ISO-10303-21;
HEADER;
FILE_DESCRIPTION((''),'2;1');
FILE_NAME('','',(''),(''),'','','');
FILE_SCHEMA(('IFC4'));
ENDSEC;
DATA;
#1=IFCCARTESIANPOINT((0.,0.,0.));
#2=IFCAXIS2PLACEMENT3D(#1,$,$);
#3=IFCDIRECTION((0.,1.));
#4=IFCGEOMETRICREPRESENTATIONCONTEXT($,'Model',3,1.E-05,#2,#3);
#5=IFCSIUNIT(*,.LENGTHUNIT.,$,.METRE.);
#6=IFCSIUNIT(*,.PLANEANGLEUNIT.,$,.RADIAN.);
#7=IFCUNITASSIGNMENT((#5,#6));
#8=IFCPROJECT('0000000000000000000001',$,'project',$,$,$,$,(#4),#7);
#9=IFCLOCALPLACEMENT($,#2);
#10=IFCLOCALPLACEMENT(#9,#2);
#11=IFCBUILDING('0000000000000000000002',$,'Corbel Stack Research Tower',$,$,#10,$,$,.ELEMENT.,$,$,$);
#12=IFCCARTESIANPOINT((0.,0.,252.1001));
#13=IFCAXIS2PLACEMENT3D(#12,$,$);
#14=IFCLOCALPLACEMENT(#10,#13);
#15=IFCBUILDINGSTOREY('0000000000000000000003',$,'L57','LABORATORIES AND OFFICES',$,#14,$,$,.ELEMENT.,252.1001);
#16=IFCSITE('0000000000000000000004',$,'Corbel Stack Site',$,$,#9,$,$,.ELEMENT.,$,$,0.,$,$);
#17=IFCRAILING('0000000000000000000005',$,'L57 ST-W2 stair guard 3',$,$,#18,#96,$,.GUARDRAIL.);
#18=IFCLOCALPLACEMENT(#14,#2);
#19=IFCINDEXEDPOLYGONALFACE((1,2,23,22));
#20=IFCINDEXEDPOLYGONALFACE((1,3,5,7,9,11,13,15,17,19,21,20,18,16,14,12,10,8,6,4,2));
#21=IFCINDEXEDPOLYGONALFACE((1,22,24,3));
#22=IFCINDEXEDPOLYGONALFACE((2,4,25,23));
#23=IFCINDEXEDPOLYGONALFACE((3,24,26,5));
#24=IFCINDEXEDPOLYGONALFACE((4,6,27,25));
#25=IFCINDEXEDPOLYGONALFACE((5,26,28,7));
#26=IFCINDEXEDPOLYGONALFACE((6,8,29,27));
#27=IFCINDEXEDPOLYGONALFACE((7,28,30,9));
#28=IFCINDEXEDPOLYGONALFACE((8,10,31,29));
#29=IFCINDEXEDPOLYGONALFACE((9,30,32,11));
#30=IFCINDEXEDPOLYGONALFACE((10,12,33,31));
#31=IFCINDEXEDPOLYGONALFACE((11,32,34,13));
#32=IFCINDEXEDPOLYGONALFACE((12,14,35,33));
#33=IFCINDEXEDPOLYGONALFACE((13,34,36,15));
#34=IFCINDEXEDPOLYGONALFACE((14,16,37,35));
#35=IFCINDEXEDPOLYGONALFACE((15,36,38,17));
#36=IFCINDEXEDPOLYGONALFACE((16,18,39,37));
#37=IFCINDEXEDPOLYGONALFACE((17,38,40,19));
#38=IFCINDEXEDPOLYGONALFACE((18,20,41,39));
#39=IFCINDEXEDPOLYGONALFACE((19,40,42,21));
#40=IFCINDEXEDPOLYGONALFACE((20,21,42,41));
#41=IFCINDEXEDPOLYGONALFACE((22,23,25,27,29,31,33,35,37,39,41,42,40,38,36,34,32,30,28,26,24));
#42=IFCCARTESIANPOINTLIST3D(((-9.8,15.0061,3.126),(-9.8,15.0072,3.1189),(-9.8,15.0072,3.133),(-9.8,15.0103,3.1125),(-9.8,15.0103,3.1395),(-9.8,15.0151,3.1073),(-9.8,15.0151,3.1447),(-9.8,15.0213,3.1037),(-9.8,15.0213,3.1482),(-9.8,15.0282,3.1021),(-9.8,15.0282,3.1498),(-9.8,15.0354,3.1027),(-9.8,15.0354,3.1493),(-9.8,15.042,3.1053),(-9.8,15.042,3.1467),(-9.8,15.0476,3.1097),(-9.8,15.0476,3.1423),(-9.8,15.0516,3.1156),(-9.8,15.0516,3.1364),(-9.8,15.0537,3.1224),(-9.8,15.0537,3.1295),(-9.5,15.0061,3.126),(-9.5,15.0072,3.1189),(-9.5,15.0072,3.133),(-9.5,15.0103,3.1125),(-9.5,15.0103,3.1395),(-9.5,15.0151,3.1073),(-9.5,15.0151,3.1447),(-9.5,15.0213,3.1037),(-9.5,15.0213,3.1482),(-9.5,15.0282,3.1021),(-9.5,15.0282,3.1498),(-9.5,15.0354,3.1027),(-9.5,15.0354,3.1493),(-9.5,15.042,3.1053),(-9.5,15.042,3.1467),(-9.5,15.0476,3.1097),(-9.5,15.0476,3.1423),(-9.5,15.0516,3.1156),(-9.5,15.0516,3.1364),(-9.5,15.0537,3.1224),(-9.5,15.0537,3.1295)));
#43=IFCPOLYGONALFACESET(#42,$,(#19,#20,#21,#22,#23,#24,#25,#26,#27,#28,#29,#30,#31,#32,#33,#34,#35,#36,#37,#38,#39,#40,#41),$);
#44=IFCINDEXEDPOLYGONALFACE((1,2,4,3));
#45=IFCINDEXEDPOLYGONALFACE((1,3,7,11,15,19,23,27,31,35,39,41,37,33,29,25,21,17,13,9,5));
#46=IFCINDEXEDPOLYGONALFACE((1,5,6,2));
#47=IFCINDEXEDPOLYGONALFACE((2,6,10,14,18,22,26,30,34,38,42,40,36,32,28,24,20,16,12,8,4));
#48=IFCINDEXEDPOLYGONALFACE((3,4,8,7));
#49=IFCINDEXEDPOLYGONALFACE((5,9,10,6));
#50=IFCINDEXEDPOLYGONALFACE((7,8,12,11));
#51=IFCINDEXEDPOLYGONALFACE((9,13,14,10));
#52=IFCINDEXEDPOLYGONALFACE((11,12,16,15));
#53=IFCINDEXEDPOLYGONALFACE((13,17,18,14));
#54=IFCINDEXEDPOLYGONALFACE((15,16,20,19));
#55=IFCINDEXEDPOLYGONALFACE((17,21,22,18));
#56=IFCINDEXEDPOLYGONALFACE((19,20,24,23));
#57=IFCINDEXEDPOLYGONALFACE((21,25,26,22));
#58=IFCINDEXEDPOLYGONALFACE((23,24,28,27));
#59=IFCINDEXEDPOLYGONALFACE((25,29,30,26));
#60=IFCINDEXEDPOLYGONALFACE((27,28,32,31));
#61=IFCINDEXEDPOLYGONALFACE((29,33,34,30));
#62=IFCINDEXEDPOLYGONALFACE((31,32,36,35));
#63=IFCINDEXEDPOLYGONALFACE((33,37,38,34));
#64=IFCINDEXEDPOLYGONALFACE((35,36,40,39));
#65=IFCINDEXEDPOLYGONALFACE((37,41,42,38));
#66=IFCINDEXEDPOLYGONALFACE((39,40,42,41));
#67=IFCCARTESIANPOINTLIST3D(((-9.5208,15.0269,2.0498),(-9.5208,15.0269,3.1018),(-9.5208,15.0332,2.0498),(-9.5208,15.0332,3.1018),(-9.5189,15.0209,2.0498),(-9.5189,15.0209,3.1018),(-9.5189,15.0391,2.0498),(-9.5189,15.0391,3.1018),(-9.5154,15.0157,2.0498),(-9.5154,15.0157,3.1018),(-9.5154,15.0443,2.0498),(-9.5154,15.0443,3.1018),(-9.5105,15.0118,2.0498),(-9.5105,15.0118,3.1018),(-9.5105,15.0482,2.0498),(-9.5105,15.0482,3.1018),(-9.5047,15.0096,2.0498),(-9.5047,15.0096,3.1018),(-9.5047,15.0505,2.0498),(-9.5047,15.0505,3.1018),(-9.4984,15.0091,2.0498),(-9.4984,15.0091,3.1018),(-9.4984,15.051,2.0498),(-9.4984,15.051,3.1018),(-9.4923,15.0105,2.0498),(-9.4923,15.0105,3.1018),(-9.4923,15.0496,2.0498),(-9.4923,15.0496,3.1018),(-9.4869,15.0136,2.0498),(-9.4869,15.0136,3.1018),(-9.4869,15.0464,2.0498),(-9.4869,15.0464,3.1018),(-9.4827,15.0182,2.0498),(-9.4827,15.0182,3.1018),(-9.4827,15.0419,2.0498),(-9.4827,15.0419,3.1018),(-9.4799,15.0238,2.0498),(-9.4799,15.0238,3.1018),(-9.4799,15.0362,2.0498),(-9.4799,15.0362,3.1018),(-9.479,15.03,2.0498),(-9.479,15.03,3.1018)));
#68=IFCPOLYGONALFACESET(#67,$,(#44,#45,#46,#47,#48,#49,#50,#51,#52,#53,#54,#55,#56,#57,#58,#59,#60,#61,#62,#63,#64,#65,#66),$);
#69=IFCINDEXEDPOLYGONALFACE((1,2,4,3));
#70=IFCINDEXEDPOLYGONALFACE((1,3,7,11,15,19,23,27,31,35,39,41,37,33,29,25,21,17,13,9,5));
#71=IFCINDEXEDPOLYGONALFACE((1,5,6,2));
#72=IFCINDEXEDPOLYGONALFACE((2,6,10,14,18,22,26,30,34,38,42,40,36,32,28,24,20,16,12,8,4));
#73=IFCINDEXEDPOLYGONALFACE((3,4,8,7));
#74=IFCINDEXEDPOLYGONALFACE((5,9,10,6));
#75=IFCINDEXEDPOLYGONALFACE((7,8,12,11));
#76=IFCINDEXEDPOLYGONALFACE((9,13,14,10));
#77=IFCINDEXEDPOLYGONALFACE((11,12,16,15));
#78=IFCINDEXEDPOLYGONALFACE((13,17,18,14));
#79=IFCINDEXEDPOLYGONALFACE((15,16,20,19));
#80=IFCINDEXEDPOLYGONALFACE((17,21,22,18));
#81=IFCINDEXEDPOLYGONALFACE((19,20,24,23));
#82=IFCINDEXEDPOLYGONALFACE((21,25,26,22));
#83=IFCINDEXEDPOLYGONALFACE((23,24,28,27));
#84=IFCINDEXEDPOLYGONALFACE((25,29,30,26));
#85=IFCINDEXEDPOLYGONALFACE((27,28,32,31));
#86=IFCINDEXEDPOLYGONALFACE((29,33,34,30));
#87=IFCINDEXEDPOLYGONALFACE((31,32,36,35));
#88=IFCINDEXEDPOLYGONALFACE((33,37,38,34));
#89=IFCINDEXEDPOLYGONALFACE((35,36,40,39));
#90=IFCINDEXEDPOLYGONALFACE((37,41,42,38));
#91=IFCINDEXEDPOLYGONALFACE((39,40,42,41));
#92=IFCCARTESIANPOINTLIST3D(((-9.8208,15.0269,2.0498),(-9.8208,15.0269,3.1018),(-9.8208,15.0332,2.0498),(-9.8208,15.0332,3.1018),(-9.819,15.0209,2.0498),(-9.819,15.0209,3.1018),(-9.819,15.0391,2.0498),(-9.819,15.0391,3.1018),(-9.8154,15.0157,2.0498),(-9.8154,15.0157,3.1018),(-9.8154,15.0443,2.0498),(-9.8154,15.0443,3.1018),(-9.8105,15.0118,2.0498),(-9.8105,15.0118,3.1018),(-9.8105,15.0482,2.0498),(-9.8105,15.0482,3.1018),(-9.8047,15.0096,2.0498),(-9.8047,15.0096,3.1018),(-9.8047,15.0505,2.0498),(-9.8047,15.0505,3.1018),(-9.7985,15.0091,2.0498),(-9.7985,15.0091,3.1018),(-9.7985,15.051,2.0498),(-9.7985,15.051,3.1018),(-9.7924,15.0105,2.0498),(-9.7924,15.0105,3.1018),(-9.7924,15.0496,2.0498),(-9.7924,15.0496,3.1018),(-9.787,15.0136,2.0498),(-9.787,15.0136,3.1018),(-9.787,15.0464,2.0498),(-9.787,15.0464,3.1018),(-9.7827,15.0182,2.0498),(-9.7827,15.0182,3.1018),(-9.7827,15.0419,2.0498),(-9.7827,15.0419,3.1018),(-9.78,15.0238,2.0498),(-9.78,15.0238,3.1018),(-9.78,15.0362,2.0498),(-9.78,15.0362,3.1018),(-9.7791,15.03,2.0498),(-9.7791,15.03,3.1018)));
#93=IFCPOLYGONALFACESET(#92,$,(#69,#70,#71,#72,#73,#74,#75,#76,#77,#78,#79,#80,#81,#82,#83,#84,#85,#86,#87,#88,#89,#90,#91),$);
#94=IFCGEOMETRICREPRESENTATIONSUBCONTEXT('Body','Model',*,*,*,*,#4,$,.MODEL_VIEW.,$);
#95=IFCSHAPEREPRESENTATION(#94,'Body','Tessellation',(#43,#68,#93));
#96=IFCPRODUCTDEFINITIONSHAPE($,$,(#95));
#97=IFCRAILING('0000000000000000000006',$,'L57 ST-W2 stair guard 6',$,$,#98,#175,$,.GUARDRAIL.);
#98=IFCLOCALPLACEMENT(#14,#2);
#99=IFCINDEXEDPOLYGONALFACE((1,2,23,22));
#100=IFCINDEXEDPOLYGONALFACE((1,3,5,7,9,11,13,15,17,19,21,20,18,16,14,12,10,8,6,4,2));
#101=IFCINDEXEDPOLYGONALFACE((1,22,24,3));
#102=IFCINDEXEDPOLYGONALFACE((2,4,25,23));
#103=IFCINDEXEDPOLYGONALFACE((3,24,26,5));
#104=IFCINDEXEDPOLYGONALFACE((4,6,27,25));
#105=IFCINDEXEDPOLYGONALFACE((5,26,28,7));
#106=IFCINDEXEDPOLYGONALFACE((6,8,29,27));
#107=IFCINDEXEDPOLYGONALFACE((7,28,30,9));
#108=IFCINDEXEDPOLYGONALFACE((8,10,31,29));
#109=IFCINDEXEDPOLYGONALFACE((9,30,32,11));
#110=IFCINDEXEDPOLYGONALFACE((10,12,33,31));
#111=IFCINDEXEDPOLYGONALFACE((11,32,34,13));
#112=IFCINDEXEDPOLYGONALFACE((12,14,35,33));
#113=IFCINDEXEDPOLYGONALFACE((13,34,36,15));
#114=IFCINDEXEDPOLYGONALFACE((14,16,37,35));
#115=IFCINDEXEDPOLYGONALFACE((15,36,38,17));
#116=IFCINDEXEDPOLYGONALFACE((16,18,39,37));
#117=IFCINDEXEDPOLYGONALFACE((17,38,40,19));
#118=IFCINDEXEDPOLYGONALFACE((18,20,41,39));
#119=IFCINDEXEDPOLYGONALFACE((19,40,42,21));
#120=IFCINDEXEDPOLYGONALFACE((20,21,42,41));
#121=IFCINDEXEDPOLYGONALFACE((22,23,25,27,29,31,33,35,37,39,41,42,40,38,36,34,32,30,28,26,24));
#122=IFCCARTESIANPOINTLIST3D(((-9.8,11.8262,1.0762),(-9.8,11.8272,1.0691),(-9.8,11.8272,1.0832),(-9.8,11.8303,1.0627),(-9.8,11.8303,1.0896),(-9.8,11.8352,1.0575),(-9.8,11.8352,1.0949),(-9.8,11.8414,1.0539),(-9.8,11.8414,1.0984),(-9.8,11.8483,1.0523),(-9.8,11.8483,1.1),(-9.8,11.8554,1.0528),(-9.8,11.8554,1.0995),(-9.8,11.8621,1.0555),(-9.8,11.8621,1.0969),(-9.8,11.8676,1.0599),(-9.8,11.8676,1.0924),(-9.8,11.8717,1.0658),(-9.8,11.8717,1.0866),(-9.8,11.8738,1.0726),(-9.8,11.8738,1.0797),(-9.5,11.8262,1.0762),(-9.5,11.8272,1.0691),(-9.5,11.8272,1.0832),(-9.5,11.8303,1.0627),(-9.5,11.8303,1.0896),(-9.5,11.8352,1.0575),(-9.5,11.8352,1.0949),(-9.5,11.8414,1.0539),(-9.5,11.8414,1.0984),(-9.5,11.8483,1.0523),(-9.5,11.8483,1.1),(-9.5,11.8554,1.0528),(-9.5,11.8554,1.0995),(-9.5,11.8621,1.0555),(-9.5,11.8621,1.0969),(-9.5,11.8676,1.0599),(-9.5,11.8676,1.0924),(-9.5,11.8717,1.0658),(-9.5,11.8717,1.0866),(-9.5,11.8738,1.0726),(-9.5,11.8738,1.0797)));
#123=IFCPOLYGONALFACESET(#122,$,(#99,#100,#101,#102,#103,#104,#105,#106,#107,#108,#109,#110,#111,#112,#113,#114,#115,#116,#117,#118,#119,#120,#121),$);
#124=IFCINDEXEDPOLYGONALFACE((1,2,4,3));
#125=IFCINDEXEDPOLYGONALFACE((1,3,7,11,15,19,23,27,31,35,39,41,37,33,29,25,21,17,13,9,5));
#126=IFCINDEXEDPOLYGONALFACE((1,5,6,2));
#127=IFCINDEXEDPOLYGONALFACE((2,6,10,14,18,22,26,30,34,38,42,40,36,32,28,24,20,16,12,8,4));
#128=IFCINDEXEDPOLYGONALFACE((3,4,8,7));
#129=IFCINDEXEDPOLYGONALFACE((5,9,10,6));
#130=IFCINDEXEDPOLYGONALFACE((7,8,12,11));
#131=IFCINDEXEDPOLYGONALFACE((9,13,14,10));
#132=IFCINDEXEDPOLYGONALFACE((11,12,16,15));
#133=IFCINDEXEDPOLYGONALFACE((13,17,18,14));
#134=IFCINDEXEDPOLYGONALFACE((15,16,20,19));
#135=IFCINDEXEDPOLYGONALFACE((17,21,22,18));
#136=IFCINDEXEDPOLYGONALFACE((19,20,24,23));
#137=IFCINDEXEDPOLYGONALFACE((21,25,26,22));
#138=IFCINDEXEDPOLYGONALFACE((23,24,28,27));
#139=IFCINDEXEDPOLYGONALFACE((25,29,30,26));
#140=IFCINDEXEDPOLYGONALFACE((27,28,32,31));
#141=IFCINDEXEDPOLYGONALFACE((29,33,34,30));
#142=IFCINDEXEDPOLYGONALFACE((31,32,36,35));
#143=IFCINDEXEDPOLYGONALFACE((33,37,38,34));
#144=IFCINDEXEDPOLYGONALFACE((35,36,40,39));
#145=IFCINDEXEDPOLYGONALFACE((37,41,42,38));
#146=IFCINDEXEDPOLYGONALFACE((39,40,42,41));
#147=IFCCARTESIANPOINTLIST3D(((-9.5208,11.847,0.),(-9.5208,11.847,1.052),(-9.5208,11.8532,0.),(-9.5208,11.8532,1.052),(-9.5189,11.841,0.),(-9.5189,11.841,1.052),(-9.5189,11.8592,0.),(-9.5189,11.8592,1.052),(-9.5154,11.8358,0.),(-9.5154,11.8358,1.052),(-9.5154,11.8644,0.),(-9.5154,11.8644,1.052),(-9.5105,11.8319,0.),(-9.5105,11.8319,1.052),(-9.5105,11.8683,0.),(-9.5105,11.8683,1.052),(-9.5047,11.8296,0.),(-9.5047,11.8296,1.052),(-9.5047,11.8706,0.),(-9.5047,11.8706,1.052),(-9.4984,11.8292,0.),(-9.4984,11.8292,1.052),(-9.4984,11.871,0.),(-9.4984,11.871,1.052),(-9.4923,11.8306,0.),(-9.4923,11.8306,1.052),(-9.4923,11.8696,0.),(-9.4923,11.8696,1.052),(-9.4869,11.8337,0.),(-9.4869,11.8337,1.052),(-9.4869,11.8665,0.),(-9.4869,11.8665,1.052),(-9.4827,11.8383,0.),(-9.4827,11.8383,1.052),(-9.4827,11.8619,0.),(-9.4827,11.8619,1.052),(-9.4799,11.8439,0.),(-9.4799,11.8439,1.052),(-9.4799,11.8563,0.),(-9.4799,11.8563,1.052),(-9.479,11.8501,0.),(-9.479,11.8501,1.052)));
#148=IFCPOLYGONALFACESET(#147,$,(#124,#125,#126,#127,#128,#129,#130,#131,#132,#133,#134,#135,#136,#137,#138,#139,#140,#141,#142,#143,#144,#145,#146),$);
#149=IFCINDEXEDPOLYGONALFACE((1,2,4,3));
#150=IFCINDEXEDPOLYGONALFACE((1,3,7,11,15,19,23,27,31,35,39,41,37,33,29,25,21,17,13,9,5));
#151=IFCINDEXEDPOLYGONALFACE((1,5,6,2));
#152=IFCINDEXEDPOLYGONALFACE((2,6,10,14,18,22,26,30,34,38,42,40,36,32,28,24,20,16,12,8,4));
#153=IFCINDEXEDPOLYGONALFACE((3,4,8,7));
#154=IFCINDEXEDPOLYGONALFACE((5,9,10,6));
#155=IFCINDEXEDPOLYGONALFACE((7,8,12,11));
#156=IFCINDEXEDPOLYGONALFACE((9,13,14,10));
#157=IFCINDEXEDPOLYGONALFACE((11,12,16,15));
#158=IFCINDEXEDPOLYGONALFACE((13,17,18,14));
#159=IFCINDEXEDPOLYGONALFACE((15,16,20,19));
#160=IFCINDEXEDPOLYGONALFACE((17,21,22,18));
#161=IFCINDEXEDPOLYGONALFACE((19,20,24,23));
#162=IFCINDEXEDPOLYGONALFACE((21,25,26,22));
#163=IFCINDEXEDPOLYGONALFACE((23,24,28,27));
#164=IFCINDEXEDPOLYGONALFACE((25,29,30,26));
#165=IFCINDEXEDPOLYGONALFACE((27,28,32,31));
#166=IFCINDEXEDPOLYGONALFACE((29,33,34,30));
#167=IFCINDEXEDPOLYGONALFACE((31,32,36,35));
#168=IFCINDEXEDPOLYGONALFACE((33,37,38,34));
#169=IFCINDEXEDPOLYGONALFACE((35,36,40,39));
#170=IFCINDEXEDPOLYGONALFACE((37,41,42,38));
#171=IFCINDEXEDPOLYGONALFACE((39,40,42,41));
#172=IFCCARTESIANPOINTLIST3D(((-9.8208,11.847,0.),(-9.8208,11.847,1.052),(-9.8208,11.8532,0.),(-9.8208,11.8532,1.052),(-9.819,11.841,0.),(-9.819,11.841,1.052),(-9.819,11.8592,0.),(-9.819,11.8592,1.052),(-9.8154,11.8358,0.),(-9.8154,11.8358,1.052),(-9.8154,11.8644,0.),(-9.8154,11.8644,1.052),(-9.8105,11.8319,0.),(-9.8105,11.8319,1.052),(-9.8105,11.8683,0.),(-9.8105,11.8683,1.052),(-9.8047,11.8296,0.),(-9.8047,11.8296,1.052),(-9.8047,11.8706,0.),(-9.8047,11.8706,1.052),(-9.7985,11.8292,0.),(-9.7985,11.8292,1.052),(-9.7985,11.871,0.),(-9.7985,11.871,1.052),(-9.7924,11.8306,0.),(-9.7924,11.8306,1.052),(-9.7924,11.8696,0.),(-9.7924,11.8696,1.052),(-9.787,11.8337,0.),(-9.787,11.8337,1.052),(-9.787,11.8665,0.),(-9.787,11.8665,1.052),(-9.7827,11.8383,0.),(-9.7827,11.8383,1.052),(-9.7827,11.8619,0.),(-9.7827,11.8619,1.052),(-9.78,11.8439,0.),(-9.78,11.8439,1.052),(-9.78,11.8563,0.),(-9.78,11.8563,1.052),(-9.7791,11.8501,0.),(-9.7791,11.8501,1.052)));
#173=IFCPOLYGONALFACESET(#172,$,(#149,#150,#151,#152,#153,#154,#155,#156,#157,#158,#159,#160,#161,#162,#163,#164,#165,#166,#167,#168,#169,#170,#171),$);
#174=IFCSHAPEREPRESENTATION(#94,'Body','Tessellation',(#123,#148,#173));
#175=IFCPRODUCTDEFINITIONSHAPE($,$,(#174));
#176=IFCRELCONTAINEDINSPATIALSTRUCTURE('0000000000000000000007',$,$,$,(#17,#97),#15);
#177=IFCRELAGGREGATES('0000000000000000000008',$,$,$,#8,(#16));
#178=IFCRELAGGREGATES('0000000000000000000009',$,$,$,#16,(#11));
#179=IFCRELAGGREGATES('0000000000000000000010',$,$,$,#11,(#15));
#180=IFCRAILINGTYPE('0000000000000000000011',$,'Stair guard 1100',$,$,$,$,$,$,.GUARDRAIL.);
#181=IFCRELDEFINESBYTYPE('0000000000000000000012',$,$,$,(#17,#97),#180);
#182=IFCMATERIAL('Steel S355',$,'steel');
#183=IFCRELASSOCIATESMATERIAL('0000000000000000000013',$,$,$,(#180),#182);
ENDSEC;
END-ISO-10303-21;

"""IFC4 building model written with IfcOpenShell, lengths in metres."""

from ifc_helpers import new_model, si_unit, direction, frame, origin, origin_2d, place, context, subcontext, project, spatial, circle, extrude, material, type_object, element, save


model = new_model("IFC4")

# Units and contexts
model_context = context("Model", 3, precision=1e-05, world=origin(), true_north=direction((0.0, 1.0)))
body_context = subcontext(model_context, "Body", "Model", "MODEL_VIEW")
ifc_project = project(units=[si_unit("LENGTHUNIT", "METRE"), si_unit("PLANEANGLEUNIT", "RADIAN")], contexts=[model_context])

# Site, building, storey
site_placement = place(None, origin())
site = spatial("IfcSite", under=ifc_project, at=site_placement, Name="Corbel Stack Site", CompositionType="ELEMENT", RefElevation=0.0)
building_placement = place(site_placement, origin())
building = spatial("IfcBuilding", under=site, at=building_placement, Name="Corbel Stack Research Tower", CompositionType="ELEMENT")
storey_placement = place(building_placement, frame((0.0, 0.0, 252.1001)))
storey = spatial("IfcBuildingStorey", under=building, at=storey_placement, Name="L57", Description="LABORATORIES AND OFFICES", CompositionType="ELEMENT", Elevation=252.1001)

# Railings
ifc_material_1 = material(Name="Steel S355", Category="steel")
railing_type = type_object("IfcRailingType", Name="Stair guard 1100", PredefinedType="GUARDRAIL", material=ifc_material_1)
for number, where, name in (
    (1, (-9.5, 15.03, 2.0498), "L57 ST-W2 stair guard 3"),
    (2, (-9.5, 11.8501, 0.0), "L57 ST-W2 stair guard 6"),
):
    element("IfcRailing", number, at=place(storey_placement, frame(where)), inside=storey, type_object=railing_type, Name=name, PredefinedType="GUARDRAIL", context=body_context, shape_type="SweptSolid", body=[
        extrude(circle(Radius=0.0239, at=origin_2d()), frame((0.0, 0.0, 1.0762), z_axis=(-1.0, 0.0, 0.0), x_axis=(0.0, -1.0, 0.0)), (0.0, 0.0, 1.0), 0.3),
        extrude(circle(Radius=0.021, at=origin_2d()), origin(), (0.0, 0.0, 1.0), 1.052),
        extrude(circle(Radius=0.021, at=origin_2d()), frame((-0.3, 0.0, 0.0)), (0.0, 0.0, 1.0), 1.052),
    ])

save(model, "model.ifc")
